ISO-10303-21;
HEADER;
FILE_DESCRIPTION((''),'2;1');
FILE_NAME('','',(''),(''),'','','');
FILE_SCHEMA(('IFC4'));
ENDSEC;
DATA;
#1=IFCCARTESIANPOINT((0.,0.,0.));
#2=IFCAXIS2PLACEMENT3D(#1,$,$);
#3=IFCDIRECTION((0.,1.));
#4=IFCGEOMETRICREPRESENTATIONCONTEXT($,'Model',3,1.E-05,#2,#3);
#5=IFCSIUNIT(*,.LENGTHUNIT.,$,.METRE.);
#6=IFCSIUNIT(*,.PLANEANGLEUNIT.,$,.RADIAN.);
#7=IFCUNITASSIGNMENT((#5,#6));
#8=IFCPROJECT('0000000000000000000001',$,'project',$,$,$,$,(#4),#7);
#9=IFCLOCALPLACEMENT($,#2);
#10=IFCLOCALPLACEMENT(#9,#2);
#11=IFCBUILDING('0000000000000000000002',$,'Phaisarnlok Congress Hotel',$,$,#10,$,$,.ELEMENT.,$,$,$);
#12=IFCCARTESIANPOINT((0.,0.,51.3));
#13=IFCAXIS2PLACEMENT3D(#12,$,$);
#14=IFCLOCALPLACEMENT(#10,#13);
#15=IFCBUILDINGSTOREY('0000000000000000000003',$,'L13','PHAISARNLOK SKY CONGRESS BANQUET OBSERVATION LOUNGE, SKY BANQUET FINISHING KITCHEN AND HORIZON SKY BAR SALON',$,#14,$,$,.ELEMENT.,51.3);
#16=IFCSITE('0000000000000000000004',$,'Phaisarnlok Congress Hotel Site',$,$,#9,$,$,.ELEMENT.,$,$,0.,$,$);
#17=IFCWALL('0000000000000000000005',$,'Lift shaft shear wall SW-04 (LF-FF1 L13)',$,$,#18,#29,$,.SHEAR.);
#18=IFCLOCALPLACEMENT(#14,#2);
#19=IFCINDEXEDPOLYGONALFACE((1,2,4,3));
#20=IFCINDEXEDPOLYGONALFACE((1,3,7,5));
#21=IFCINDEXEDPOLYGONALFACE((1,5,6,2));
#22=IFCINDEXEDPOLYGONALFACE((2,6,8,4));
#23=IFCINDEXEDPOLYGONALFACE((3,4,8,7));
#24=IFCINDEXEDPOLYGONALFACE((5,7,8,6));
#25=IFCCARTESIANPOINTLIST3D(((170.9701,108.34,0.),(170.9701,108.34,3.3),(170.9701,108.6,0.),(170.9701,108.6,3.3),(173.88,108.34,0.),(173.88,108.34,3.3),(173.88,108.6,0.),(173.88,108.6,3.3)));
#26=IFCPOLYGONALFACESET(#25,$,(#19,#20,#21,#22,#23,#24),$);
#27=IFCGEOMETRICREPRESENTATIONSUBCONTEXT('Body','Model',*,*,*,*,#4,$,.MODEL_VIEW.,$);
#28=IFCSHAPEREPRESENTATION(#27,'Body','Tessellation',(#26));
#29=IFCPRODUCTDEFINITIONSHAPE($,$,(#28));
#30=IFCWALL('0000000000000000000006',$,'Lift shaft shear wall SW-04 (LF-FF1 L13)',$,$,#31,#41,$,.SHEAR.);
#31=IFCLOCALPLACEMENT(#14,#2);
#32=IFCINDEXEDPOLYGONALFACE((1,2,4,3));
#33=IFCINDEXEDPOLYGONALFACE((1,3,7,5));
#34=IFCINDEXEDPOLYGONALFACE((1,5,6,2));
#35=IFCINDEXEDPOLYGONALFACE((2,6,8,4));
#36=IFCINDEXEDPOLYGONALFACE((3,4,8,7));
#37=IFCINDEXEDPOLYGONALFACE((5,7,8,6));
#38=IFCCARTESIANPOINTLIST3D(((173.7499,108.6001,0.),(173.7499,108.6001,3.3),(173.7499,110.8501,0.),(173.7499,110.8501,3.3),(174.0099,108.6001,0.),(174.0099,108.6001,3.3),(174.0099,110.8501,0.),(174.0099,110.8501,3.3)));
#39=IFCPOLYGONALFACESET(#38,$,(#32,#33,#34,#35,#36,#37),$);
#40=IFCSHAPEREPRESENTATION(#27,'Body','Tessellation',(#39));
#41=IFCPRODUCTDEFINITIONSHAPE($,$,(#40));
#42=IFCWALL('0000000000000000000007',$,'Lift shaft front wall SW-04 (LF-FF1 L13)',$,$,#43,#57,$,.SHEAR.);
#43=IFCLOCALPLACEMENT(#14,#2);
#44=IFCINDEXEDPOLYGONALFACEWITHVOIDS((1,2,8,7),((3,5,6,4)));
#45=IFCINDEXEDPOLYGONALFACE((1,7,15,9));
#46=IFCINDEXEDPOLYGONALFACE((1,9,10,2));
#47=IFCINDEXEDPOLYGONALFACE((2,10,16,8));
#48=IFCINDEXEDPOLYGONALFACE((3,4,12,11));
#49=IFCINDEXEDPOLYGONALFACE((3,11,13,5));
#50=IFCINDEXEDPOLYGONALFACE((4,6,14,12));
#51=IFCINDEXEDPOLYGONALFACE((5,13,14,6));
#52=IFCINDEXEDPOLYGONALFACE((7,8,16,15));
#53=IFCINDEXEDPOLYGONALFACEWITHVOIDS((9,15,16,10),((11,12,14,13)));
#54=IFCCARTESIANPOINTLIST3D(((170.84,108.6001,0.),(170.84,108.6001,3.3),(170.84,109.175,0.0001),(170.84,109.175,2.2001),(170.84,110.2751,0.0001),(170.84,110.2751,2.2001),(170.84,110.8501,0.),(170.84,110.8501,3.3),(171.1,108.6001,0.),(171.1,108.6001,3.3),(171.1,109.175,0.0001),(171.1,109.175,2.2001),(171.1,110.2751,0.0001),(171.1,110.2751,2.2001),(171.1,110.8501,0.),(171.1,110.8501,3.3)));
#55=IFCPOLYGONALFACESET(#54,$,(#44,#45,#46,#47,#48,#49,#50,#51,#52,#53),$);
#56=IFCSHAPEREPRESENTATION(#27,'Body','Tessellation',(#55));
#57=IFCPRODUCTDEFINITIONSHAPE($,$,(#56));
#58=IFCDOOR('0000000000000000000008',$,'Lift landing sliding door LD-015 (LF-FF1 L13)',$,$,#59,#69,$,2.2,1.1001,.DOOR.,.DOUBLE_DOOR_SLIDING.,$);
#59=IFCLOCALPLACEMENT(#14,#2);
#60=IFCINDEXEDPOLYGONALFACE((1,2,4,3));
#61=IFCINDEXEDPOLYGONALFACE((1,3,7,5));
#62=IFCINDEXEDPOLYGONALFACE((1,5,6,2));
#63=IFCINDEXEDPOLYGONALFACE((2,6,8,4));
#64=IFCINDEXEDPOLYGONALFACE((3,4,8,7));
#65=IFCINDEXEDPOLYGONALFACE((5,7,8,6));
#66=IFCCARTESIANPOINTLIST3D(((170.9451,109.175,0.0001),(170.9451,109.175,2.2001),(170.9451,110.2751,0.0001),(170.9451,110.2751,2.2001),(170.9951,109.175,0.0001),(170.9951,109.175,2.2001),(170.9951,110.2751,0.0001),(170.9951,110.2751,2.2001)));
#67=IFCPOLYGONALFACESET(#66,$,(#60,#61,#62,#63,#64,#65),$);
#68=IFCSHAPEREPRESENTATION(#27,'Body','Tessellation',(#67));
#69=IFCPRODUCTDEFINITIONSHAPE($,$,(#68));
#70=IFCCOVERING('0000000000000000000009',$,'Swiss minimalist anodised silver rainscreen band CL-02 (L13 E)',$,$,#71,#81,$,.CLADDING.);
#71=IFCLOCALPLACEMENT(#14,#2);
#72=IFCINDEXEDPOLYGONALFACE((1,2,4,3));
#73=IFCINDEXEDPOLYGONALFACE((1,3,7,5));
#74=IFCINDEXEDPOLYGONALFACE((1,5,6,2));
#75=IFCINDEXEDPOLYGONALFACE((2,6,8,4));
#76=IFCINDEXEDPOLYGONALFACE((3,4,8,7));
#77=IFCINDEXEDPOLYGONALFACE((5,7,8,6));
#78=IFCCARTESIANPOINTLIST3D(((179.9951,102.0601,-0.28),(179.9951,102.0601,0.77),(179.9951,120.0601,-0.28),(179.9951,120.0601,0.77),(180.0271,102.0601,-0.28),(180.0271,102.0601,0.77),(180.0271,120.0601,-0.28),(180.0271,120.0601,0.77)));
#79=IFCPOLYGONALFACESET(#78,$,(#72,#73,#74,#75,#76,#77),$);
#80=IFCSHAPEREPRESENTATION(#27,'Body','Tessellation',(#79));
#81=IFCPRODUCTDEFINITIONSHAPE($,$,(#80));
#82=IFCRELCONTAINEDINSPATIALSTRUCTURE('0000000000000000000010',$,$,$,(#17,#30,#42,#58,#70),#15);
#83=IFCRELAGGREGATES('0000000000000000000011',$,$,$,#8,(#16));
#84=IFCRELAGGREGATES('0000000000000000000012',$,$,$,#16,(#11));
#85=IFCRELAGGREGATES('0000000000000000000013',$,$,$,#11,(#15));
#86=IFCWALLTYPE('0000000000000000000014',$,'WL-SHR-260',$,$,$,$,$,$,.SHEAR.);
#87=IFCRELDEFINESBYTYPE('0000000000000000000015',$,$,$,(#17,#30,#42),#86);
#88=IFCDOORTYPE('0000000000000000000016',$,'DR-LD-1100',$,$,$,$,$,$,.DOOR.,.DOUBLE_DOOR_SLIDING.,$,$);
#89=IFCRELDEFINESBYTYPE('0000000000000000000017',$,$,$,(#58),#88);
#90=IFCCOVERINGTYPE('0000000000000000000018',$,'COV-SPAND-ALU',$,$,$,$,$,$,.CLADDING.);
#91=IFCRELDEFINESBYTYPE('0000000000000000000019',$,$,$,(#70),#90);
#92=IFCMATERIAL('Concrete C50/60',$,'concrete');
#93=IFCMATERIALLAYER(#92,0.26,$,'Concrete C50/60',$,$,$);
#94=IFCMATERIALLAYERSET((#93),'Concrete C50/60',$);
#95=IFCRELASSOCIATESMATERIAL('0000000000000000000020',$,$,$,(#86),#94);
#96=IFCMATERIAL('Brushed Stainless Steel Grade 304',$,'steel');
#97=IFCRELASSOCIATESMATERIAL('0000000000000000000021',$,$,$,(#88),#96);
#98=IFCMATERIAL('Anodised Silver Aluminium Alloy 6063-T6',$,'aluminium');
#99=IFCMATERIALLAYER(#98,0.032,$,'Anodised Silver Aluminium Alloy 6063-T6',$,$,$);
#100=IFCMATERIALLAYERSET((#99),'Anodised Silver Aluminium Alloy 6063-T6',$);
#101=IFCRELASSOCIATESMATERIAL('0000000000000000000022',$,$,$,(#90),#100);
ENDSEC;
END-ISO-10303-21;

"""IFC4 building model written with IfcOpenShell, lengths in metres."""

from ifc_helpers import new_model, si_unit, direction, frame, frame_2d, origin, place, context, subcontext, project, spatial, polyline, rectangle, outline, extrude, material, layer, layer_set, type_object, element, fill, save


model = new_model("IFC4")

# Units and contexts
model_context = context("Model", 3, precision=1e-05, world=origin(), true_north=direction((0.0, 1.0)))
body_context = subcontext(model_context, "Body", "Model", "MODEL_VIEW")
ifc_project = project(units=[si_unit("LENGTHUNIT", "METRE"), si_unit("PLANEANGLEUNIT", "RADIAN")], contexts=[model_context])

# Site, building, storey
site_placement = place(None, origin())
site = spatial("IfcSite", under=ifc_project, at=site_placement, Name="Phaisarnlok Congress Hotel Site", CompositionType="ELEMENT", RefElevation=0.0)
building_placement = place(site_placement, origin())
building = spatial("IfcBuilding", under=site, at=building_placement, Name="Phaisarnlok Congress Hotel", CompositionType="ELEMENT")
storey_placement = place(building_placement, frame((0.0, 0.0, 51.3)))
storey = spatial("IfcBuildingStorey", under=building, at=storey_placement, Name="L13", Description="PHAISARNLOK SKY CONGRESS BANQUET OBSERVATION LOUNGE, SKY BANQUET FINISHING KITCHEN AND HORIZON SKY BAR SALON", CompositionType="ELEMENT", Elevation=51.3)

# Shared definitions
ifc_material_1 = material(Name="Concrete C50/60", Category="concrete")

# Walls
ifc_layer_1 = layer(ifc_material_1, 0.26, Name="Concrete C50/60")
ifc_layer_set_1 = layer_set([ifc_layer_1], Name="Concrete C50/60")
wall_type_1 = type_object("IfcWallType", Name="WL-SHR-260", PredefinedType="SHEAR", material=ifc_layer_set_1)
wall_1_placement = place(storey_placement, frame((170.97, 108.47, 0.0), z_axis=(0.0, 0.0, 1.0), x_axis=(1.0, 0.0, 0.0)))
element("IfcWall", 1, at=wall_1_placement, inside=storey, type_object=wall_type_1, Name="Lift shaft shear wall SW-04 (LF-FF1 L13)", PredefinedType="SHEAR", context=body_context, shape_type="SweptSolid", body=[
    extrude(rectangle(XDim=2.9099, YDim=0.26, at=frame_2d((1.4551, 0.0))), origin(), (0.0, 0.0, 1.0), 3.3),
])
wall_2_placement = place(storey_placement, frame((173.8799, 108.6001, 0.0), z_axis=(0.0, 0.0, 1.0), x_axis=(0.0, 1.0, 0.0)))
element("IfcWall", 2, at=wall_2_placement, inside=storey, type_object=wall_type_1, Name="Lift shaft shear wall SW-04 (LF-FF1 L13)", PredefinedType="SHEAR", context=body_context, shape_type="SweptSolid", body=[
    extrude(rectangle(XDim=2.25, YDim=0.26, at=frame_2d((1.125, 0.0))), origin(), (0.0, 0.0, 1.0), 3.3),
])

# Wall, opening, door
wall_3_placement = place(storey_placement, frame((170.97, 108.6001, 0.0), z_axis=(0.0, 0.0, 1.0), x_axis=(0.0, 1.0, 0.0)))
wall_3 = element("IfcWall", 3, at=wall_3_placement, inside=storey, type_object=wall_type_1, Name="Lift shaft front wall SW-04 (LF-FF1 L13)", PredefinedType="SHEAR", context=body_context, shape_type="SweptSolid", body=[
    extrude(rectangle(XDim=2.25, YDim=0.26, at=frame_2d((1.125, 0.0))), origin(), (0.0, 0.0, 1.0), 3.3),
])
opening_1_placement = place(wall_3_placement, frame((0.575, 0.0, 0.0)))
opening_1 = element("IfcOpeningElement", 4, at=opening_1_placement, cuts=wall_3, PredefinedType="OPENING", context=body_context, shape_type="SweptSolid", body=[
    extrude(rectangle(XDim=1.1001, YDim=2.2, at=frame_2d((0.55, 1.1001))), frame((0.0, 0.1401, 0.0), z_axis=(0.0, -1.0, 0.0), x_axis=(1.0, 0.0, 0.0)), (0.0, 0.0, 1.0), 0.28),
])
ifc_material_2 = material(Name="Brushed Stainless Steel Grade 304", Category="steel")
door_type = type_object("IfcDoorType", Name="DR-LD-1100", OperationType="DOUBLE_DOOR_SLIDING", PredefinedType="DOOR", material=ifc_material_2)
door_placement = place(opening_1_placement, origin())
door = element("IfcDoor", 5, at=door_placement, inside=storey, type_object=door_type, Name="Lift landing sliding door LD-015 (LF-FF1 L13)", OperationType="DOUBLE_DOOR_SLIDING", OverallHeight=2.2, OverallWidth=1.1001, PredefinedType="DOOR", context=body_context, shape_type="SweptSolid", body=[
    extrude(rectangle(XDim=1.1001, YDim=2.2, at=frame_2d((0.55, 1.1001))), frame((0.0, 0.0249, 0.0), z_axis=(0.0, -1.0, 0.0), x_axis=(1.0, 0.0, 0.0)), (0.0, 0.0, 1.0), 0.05),
])
fill(opening_1, door)

# Covering
ifc_material_3 = material(Name="Anodised Silver Aluminium Alloy 6063-T6", Category="aluminium")
ifc_layer_2 = layer(ifc_material_3, 0.032, Name="Anodised Silver Aluminium Alloy 6063-T6")
ifc_layer_set_2 = layer_set([ifc_layer_2], Name="Anodised Silver Aluminium Alloy 6063-T6")
covering_type = type_object("IfcCoveringType", Name="COV-SPAND-ALU", PredefinedType="CLADDING", material=ifc_layer_set_2)
covering_placement = place(storey_placement, frame((179.9951, 102.0601, -0.28), z_axis=(1.0, 0.0, 0.0), x_axis=(0.0, 1.0, 0.0)))
element("IfcCovering", 6, at=covering_placement, inside=storey, type_object=covering_type, Name="Swiss minimalist anodised silver rainscreen band CL-02 (L13 E)", PredefinedType="CLADDING", context=body_context, shape_type="SweptSolid", body=[
    extrude(outline(polyline([(0.0, 0.0), (18.0, 0.0), (18.0, 1.05), (0.0, 1.05), (0.0, 0.0)])), origin(), (0.0, 0.0, 1.0), 0.032),
])

save(model, "model.ifc")
